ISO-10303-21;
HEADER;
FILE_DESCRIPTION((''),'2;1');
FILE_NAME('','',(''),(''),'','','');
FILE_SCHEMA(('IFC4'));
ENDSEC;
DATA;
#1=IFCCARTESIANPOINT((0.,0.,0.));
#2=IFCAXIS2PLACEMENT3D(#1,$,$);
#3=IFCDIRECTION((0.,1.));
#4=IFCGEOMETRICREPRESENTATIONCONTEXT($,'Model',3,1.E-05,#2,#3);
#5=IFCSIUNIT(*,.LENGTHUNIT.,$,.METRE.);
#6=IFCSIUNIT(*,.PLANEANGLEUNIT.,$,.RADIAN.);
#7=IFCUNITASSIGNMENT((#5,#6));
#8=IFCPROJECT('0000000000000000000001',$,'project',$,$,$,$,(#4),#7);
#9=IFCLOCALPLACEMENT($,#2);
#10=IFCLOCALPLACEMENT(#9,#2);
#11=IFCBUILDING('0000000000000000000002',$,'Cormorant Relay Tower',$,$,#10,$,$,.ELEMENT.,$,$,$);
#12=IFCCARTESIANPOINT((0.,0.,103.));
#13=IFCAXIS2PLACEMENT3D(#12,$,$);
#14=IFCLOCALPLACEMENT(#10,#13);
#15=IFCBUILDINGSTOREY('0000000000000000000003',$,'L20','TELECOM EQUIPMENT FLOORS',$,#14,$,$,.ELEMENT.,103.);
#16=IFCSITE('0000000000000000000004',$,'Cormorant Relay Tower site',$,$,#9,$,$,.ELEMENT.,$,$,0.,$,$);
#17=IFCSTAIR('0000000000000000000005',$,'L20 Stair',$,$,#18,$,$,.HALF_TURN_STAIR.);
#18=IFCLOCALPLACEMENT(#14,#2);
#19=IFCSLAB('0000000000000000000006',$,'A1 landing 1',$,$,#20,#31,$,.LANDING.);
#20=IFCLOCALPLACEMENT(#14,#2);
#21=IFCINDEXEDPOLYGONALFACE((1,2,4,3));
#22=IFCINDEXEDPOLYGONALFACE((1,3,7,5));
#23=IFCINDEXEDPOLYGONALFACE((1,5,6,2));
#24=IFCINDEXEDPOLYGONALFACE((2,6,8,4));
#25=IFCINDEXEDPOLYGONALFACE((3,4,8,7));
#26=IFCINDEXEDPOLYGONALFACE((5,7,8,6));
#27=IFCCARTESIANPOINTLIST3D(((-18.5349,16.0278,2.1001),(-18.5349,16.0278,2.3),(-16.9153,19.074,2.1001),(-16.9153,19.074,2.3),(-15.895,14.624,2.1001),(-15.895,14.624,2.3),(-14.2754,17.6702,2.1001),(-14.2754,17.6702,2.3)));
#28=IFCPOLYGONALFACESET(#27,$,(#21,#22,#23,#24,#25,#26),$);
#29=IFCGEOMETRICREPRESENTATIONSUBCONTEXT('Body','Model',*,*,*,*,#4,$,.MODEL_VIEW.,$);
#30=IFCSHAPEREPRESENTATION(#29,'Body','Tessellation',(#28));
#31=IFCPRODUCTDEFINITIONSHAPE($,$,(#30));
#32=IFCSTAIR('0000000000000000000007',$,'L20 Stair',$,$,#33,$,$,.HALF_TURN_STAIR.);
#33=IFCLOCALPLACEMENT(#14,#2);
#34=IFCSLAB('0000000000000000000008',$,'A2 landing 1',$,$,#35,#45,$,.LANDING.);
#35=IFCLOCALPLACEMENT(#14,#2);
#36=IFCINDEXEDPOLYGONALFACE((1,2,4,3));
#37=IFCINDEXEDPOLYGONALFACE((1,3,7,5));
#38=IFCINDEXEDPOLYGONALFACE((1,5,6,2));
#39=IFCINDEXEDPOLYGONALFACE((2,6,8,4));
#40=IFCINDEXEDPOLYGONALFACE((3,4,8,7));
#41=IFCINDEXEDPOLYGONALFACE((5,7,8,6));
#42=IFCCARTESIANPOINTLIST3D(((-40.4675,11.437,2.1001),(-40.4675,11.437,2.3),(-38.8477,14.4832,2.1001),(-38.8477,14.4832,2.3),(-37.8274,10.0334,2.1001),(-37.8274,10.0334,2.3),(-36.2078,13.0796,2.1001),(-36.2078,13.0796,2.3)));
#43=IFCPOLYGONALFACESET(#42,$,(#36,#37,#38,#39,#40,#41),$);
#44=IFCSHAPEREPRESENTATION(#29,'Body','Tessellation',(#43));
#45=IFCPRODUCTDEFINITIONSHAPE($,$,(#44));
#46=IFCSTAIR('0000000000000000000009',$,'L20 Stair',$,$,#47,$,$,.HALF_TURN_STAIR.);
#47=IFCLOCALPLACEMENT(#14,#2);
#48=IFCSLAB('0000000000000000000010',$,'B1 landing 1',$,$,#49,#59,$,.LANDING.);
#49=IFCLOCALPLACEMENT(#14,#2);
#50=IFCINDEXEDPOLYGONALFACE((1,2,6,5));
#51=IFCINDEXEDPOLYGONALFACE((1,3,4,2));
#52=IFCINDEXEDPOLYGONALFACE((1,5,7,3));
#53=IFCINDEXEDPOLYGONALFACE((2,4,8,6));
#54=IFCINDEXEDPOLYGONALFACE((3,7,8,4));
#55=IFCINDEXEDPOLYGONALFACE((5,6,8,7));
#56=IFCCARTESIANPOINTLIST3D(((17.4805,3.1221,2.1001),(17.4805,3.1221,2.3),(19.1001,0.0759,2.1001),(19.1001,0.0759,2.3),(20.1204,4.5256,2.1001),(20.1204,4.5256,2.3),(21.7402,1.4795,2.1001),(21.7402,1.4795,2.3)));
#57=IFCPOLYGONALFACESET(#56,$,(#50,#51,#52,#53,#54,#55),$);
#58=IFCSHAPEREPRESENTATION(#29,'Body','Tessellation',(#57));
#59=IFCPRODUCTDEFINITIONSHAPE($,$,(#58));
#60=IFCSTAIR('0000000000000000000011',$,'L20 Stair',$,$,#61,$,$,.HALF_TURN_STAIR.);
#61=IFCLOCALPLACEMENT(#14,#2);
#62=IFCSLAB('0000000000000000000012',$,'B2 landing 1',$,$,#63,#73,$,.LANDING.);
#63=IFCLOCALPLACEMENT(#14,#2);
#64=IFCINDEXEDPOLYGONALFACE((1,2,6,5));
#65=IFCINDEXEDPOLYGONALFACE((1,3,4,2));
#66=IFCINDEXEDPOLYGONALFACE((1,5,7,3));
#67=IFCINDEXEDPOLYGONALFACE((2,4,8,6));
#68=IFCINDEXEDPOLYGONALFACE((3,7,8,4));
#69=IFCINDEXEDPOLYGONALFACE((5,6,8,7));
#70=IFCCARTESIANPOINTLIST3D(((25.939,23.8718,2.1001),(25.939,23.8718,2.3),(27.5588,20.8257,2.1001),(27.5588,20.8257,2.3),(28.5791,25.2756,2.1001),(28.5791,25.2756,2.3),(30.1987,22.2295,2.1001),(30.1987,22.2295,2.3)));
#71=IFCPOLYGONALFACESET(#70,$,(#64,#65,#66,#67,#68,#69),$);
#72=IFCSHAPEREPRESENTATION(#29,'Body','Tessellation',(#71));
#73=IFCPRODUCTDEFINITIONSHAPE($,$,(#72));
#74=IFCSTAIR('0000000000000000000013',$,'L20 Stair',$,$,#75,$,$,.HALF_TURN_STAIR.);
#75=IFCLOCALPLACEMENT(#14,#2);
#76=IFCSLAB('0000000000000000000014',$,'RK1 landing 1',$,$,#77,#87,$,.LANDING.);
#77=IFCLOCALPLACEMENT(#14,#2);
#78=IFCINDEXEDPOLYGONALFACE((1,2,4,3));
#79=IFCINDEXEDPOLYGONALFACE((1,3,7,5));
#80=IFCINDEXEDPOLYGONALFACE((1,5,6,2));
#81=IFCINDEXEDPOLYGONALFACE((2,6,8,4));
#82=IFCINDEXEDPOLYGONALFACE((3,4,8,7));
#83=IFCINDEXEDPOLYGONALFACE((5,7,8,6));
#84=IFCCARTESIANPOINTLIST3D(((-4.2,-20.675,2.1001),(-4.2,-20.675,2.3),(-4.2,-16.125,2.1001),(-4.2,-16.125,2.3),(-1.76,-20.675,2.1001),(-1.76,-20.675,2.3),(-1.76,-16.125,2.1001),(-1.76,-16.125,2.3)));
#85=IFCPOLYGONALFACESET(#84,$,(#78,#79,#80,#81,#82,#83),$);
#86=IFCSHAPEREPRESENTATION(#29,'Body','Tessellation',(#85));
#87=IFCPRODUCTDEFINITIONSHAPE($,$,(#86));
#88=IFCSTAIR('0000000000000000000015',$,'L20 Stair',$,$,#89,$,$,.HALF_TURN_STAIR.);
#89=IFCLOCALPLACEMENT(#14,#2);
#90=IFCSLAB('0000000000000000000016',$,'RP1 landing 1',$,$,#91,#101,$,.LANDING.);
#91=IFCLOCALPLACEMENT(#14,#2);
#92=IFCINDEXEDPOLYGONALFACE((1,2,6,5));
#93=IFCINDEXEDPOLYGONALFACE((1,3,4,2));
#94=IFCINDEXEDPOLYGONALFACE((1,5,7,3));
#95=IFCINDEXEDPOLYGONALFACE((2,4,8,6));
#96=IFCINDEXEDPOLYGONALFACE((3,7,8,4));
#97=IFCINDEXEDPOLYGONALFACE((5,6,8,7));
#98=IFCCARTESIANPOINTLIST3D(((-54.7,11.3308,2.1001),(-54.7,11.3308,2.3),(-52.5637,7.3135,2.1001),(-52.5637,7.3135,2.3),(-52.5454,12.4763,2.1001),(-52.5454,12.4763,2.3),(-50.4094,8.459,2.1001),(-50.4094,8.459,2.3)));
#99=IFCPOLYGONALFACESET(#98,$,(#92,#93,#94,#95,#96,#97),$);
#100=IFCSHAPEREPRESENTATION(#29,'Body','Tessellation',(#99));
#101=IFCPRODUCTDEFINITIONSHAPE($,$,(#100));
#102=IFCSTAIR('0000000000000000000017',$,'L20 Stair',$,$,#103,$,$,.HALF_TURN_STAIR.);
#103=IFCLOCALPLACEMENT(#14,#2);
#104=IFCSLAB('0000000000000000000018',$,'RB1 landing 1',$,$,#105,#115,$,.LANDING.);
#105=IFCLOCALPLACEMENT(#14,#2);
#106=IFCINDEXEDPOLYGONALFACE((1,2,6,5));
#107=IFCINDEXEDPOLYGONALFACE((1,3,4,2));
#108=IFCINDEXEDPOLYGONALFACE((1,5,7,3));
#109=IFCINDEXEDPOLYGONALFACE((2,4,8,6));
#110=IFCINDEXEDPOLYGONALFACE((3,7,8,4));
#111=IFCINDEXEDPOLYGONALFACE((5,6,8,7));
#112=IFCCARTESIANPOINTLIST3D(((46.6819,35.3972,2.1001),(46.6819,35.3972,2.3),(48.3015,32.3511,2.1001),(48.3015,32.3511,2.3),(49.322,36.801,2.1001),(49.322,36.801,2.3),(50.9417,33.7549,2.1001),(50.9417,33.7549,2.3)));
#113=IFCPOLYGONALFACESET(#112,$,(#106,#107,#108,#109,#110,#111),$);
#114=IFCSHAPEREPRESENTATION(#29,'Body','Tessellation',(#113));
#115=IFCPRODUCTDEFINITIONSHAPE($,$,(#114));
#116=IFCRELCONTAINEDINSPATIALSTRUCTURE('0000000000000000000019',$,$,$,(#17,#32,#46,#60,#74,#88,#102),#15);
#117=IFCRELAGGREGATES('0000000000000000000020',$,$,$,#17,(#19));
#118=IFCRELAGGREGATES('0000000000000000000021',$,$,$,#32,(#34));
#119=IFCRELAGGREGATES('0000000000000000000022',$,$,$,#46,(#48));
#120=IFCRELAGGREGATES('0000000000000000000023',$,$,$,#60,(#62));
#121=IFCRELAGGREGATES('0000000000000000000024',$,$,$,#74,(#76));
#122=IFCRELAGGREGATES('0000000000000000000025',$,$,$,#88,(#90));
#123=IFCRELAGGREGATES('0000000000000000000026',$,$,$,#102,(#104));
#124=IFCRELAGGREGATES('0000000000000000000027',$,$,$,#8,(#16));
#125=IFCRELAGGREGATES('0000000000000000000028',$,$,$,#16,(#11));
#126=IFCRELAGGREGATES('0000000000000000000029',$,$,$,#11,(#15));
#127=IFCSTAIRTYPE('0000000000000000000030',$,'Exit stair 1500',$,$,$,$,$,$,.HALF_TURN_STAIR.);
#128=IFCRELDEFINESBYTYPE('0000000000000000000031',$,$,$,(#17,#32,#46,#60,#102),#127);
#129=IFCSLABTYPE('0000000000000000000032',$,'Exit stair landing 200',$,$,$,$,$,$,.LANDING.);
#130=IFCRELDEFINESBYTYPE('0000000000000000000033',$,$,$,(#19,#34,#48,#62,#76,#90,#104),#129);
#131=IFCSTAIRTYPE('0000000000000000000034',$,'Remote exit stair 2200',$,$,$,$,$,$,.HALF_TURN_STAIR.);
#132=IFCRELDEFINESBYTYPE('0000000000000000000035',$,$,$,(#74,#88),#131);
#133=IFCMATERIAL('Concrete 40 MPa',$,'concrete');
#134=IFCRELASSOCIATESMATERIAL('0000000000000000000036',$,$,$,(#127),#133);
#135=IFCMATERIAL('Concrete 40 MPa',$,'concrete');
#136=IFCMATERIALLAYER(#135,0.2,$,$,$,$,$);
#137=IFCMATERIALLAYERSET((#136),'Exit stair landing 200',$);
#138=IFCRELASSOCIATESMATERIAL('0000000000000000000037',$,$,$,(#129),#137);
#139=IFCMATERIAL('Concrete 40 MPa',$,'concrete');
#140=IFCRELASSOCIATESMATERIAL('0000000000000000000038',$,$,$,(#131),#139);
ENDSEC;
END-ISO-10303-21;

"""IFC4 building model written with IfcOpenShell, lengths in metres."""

from ifc_helpers import new_model, si_unit, direction, frame, origin, place, context, subcontext, project, spatial, polyline, outline, extrude, material, layer, layer_set, type_object, element, aggregate, save


model = new_model("IFC4")

# Units and contexts
model_context = context("Model", 3, precision=1e-05, world=origin(), true_north=direction((0.0, 1.0)))
body_context = subcontext(model_context, "Body", "Model", "MODEL_VIEW")
ifc_project = project(units=[si_unit("LENGTHUNIT", "METRE"), si_unit("PLANEANGLEUNIT", "RADIAN")], contexts=[model_context])

# Site, building, storey
site_placement = place(None, origin())
site = spatial("IfcSite", under=ifc_project, at=site_placement, Name="Cormorant Relay Tower site", CompositionType="ELEMENT", RefElevation=0.0)
building_placement = place(site_placement, origin())
building = spatial("IfcBuilding", under=site, at=building_placement, Name="Cormorant Relay Tower", CompositionType="ELEMENT")
storey_placement = place(building_placement, frame((0.0, 0.0, 103.0)))
storey = spatial("IfcBuildingStorey", under=building, at=storey_placement, Name="L20", Description="TELECOM EQUIPMENT FLOORS", CompositionType="ELEMENT", Elevation=103.0)

# Stairs, slabs
ifc_material_1 = material(Name="Concrete 40 MPa", Category="concrete")
stair_type_1 = type_object("IfcStairType", Name="Exit stair 1500", PredefinedType="HALF_TURN_STAIR", material=ifc_material_1)
stair_1_placement = place(storey_placement, origin())
stair_1 = element("IfcStair", 1, at=stair_1_placement, inside=storey, type_object=stair_type_1, Name="L20 Stair", PredefinedType="HALF_TURN_STAIR")
ifc_material_2 = material(Name="Concrete 40 MPa", Category="concrete")
ifc_layer_1 = layer(ifc_material_2, 0.2)
ifc_layer_set_1 = layer_set([ifc_layer_1], Name="Exit stair landing 200")
slab_type_1 = type_object("IfcSlabType", Name="Exit stair landing 200", PredefinedType="LANDING", material=ifc_layer_set_1)
slab_1_placement = place(storey_placement, frame((0.0, 0.0, 2.1001)))
slab_1 = element("IfcSlab", 2, at=slab_1_placement, type_object=slab_type_1, Name="A1 landing 1", PredefinedType="LANDING", context=body_context, shape_type="SweptSolid", body=[
    extrude(outline(polyline([(-18.5349, 16.0278), (-15.895, 14.624), (-14.2754, 17.6702), (-16.9153, 19.074), (-18.5349, 16.0278)])), origin(), (0.0, 0.0, 1.0), 0.2),
])
aggregate(stair_1, [slab_1])
stair_2_placement = place(storey_placement, origin())
stair_2 = element("IfcStair", 3, at=stair_2_placement, inside=storey, type_object=stair_type_1, Name="L20 Stair", PredefinedType="HALF_TURN_STAIR")
slab_2_placement = place(storey_placement, frame((0.0, 0.0, 2.1001)))
slab_2 = element("IfcSlab", 4, at=slab_2_placement, type_object=slab_type_1, Name="A2 landing 1", PredefinedType="LANDING", context=body_context, shape_type="SweptSolid", body=[
    extrude(outline(polyline([(-36.2078, 13.0796), (-38.8477, 14.4832), (-40.4675, 11.437), (-37.8274, 10.0334), (-36.2078, 13.0796)])), origin(), (0.0, 0.0, 1.0), 0.2),
])
aggregate(stair_2, [slab_2])
stair_3_placement = place(storey_placement, origin())
stair_3 = element("IfcStair", 5, at=stair_3_placement, inside=storey, type_object=stair_type_1, Name="L20 Stair", PredefinedType="HALF_TURN_STAIR")
slab_3_placement = place(storey_placement, frame((0.0, 0.0, 2.1001)))
slab_3 = element("IfcSlab", 6, at=slab_3_placement, type_object=slab_type_1, Name="B1 landing 1", PredefinedType="LANDING", context=body_context, shape_type="SweptSolid", body=[
    extrude(outline(polyline([(20.1204, 4.5256), (17.4805, 3.1221), (19.1001, 0.0759), (21.7402, 1.4795), (20.1204, 4.5256)])), origin(), (0.0, 0.0, 1.0), 0.2),
])
aggregate(stair_3, [slab_3])
stair_4_placement = place(storey_placement, origin())
stair_4 = element("IfcStair", 7, at=stair_4_placement, inside=storey, type_object=stair_type_1, Name="L20 Stair", PredefinedType="HALF_TURN_STAIR")
slab_4_placement = place(storey_placement, frame((0.0, 0.0, 2.1001)))
slab_4 = element("IfcSlab", 8, at=slab_4_placement, type_object=slab_type_1, Name="B2 landing 1", PredefinedType="LANDING", context=body_context, shape_type="SweptSolid", body=[
    extrude(outline(polyline([(27.5588, 20.8257), (30.1987, 22.2295), (28.5791, 25.2756), (25.939, 23.8718), (27.5588, 20.8257)])), origin(), (0.0, 0.0, 1.0), 0.2),
])
aggregate(stair_4, [slab_4])
ifc_material_3 = material(Name="Concrete 40 MPa", Category="concrete")
stair_type_2 = type_object("IfcStairType", Name="Remote exit stair 2200", PredefinedType="HALF_TURN_STAIR", material=ifc_material_3)
stair_5_placement = place(storey_placement, origin())
stair_5 = element("IfcStair", 9, at=stair_5_placement, inside=storey, type_object=stair_type_2, Name="L20 Stair", PredefinedType="HALF_TURN_STAIR")
slab_5_placement = place(storey_placement, frame((0.0, 0.0, 2.1001)))
slab_5 = element("IfcSlab", 10, at=slab_5_placement, type_object=slab_type_1, Name="RK1 landing 1", PredefinedType="LANDING", context=body_context, shape_type="SweptSolid", body=[
    extrude(outline(polyline([(-1.76, -16.125), (-4.2, -16.125), (-4.2, -20.675), (-1.76, -20.675), (-1.76, -16.125)])), origin(), (0.0, 0.0, 1.0), 0.2),
])
aggregate(stair_5, [slab_5])
stair_6_placement = place(storey_placement, origin())
stair_6 = element("IfcStair", 11, at=stair_6_placement, inside=storey, type_object=stair_type_2, Name="L20 Stair", PredefinedType="HALF_TURN_STAIR")
slab_6_placement = place(storey_placement, frame((0.0, 0.0, 2.1001)))
slab_6 = element("IfcSlab", 12, at=slab_6_placement, type_object=slab_type_1, Name="RP1 landing 1", PredefinedType="LANDING", context=body_context, shape_type="SweptSolid", body=[
    extrude(outline(polyline([(-52.5454, 12.4763), (-54.7, 11.3308), (-52.5637, 7.3135), (-50.4094, 8.459), (-52.5454, 12.4763)])), origin(), (0.0, 0.0, 1.0), 0.2),
])
aggregate(stair_6, [slab_6])
stair_7_placement = place(storey_placement, origin())
stair_7 = element("IfcStair", 13, at=stair_7_placement, inside=storey, type_object=stair_type_1, Name="L20 Stair", PredefinedType="HALF_TURN_STAIR")
slab_7_placement = place(storey_placement, frame((0.0, 0.0, 2.1001)))
slab_7 = element("IfcSlab", 14, at=slab_7_placement, type_object=slab_type_1, Name="RB1 landing 1", PredefinedType="LANDING", context=body_context, shape_type="SweptSolid", body=[
    extrude(outline(polyline([(48.3015, 32.3511), (50.9417, 33.7549), (49.322, 36.801), (46.6819, 35.3972), (48.3015, 32.3511)])), origin(), (0.0, 0.0, 1.0), 0.2),
])
aggregate(stair_7, [slab_7])

save(model, "model.ifc")
